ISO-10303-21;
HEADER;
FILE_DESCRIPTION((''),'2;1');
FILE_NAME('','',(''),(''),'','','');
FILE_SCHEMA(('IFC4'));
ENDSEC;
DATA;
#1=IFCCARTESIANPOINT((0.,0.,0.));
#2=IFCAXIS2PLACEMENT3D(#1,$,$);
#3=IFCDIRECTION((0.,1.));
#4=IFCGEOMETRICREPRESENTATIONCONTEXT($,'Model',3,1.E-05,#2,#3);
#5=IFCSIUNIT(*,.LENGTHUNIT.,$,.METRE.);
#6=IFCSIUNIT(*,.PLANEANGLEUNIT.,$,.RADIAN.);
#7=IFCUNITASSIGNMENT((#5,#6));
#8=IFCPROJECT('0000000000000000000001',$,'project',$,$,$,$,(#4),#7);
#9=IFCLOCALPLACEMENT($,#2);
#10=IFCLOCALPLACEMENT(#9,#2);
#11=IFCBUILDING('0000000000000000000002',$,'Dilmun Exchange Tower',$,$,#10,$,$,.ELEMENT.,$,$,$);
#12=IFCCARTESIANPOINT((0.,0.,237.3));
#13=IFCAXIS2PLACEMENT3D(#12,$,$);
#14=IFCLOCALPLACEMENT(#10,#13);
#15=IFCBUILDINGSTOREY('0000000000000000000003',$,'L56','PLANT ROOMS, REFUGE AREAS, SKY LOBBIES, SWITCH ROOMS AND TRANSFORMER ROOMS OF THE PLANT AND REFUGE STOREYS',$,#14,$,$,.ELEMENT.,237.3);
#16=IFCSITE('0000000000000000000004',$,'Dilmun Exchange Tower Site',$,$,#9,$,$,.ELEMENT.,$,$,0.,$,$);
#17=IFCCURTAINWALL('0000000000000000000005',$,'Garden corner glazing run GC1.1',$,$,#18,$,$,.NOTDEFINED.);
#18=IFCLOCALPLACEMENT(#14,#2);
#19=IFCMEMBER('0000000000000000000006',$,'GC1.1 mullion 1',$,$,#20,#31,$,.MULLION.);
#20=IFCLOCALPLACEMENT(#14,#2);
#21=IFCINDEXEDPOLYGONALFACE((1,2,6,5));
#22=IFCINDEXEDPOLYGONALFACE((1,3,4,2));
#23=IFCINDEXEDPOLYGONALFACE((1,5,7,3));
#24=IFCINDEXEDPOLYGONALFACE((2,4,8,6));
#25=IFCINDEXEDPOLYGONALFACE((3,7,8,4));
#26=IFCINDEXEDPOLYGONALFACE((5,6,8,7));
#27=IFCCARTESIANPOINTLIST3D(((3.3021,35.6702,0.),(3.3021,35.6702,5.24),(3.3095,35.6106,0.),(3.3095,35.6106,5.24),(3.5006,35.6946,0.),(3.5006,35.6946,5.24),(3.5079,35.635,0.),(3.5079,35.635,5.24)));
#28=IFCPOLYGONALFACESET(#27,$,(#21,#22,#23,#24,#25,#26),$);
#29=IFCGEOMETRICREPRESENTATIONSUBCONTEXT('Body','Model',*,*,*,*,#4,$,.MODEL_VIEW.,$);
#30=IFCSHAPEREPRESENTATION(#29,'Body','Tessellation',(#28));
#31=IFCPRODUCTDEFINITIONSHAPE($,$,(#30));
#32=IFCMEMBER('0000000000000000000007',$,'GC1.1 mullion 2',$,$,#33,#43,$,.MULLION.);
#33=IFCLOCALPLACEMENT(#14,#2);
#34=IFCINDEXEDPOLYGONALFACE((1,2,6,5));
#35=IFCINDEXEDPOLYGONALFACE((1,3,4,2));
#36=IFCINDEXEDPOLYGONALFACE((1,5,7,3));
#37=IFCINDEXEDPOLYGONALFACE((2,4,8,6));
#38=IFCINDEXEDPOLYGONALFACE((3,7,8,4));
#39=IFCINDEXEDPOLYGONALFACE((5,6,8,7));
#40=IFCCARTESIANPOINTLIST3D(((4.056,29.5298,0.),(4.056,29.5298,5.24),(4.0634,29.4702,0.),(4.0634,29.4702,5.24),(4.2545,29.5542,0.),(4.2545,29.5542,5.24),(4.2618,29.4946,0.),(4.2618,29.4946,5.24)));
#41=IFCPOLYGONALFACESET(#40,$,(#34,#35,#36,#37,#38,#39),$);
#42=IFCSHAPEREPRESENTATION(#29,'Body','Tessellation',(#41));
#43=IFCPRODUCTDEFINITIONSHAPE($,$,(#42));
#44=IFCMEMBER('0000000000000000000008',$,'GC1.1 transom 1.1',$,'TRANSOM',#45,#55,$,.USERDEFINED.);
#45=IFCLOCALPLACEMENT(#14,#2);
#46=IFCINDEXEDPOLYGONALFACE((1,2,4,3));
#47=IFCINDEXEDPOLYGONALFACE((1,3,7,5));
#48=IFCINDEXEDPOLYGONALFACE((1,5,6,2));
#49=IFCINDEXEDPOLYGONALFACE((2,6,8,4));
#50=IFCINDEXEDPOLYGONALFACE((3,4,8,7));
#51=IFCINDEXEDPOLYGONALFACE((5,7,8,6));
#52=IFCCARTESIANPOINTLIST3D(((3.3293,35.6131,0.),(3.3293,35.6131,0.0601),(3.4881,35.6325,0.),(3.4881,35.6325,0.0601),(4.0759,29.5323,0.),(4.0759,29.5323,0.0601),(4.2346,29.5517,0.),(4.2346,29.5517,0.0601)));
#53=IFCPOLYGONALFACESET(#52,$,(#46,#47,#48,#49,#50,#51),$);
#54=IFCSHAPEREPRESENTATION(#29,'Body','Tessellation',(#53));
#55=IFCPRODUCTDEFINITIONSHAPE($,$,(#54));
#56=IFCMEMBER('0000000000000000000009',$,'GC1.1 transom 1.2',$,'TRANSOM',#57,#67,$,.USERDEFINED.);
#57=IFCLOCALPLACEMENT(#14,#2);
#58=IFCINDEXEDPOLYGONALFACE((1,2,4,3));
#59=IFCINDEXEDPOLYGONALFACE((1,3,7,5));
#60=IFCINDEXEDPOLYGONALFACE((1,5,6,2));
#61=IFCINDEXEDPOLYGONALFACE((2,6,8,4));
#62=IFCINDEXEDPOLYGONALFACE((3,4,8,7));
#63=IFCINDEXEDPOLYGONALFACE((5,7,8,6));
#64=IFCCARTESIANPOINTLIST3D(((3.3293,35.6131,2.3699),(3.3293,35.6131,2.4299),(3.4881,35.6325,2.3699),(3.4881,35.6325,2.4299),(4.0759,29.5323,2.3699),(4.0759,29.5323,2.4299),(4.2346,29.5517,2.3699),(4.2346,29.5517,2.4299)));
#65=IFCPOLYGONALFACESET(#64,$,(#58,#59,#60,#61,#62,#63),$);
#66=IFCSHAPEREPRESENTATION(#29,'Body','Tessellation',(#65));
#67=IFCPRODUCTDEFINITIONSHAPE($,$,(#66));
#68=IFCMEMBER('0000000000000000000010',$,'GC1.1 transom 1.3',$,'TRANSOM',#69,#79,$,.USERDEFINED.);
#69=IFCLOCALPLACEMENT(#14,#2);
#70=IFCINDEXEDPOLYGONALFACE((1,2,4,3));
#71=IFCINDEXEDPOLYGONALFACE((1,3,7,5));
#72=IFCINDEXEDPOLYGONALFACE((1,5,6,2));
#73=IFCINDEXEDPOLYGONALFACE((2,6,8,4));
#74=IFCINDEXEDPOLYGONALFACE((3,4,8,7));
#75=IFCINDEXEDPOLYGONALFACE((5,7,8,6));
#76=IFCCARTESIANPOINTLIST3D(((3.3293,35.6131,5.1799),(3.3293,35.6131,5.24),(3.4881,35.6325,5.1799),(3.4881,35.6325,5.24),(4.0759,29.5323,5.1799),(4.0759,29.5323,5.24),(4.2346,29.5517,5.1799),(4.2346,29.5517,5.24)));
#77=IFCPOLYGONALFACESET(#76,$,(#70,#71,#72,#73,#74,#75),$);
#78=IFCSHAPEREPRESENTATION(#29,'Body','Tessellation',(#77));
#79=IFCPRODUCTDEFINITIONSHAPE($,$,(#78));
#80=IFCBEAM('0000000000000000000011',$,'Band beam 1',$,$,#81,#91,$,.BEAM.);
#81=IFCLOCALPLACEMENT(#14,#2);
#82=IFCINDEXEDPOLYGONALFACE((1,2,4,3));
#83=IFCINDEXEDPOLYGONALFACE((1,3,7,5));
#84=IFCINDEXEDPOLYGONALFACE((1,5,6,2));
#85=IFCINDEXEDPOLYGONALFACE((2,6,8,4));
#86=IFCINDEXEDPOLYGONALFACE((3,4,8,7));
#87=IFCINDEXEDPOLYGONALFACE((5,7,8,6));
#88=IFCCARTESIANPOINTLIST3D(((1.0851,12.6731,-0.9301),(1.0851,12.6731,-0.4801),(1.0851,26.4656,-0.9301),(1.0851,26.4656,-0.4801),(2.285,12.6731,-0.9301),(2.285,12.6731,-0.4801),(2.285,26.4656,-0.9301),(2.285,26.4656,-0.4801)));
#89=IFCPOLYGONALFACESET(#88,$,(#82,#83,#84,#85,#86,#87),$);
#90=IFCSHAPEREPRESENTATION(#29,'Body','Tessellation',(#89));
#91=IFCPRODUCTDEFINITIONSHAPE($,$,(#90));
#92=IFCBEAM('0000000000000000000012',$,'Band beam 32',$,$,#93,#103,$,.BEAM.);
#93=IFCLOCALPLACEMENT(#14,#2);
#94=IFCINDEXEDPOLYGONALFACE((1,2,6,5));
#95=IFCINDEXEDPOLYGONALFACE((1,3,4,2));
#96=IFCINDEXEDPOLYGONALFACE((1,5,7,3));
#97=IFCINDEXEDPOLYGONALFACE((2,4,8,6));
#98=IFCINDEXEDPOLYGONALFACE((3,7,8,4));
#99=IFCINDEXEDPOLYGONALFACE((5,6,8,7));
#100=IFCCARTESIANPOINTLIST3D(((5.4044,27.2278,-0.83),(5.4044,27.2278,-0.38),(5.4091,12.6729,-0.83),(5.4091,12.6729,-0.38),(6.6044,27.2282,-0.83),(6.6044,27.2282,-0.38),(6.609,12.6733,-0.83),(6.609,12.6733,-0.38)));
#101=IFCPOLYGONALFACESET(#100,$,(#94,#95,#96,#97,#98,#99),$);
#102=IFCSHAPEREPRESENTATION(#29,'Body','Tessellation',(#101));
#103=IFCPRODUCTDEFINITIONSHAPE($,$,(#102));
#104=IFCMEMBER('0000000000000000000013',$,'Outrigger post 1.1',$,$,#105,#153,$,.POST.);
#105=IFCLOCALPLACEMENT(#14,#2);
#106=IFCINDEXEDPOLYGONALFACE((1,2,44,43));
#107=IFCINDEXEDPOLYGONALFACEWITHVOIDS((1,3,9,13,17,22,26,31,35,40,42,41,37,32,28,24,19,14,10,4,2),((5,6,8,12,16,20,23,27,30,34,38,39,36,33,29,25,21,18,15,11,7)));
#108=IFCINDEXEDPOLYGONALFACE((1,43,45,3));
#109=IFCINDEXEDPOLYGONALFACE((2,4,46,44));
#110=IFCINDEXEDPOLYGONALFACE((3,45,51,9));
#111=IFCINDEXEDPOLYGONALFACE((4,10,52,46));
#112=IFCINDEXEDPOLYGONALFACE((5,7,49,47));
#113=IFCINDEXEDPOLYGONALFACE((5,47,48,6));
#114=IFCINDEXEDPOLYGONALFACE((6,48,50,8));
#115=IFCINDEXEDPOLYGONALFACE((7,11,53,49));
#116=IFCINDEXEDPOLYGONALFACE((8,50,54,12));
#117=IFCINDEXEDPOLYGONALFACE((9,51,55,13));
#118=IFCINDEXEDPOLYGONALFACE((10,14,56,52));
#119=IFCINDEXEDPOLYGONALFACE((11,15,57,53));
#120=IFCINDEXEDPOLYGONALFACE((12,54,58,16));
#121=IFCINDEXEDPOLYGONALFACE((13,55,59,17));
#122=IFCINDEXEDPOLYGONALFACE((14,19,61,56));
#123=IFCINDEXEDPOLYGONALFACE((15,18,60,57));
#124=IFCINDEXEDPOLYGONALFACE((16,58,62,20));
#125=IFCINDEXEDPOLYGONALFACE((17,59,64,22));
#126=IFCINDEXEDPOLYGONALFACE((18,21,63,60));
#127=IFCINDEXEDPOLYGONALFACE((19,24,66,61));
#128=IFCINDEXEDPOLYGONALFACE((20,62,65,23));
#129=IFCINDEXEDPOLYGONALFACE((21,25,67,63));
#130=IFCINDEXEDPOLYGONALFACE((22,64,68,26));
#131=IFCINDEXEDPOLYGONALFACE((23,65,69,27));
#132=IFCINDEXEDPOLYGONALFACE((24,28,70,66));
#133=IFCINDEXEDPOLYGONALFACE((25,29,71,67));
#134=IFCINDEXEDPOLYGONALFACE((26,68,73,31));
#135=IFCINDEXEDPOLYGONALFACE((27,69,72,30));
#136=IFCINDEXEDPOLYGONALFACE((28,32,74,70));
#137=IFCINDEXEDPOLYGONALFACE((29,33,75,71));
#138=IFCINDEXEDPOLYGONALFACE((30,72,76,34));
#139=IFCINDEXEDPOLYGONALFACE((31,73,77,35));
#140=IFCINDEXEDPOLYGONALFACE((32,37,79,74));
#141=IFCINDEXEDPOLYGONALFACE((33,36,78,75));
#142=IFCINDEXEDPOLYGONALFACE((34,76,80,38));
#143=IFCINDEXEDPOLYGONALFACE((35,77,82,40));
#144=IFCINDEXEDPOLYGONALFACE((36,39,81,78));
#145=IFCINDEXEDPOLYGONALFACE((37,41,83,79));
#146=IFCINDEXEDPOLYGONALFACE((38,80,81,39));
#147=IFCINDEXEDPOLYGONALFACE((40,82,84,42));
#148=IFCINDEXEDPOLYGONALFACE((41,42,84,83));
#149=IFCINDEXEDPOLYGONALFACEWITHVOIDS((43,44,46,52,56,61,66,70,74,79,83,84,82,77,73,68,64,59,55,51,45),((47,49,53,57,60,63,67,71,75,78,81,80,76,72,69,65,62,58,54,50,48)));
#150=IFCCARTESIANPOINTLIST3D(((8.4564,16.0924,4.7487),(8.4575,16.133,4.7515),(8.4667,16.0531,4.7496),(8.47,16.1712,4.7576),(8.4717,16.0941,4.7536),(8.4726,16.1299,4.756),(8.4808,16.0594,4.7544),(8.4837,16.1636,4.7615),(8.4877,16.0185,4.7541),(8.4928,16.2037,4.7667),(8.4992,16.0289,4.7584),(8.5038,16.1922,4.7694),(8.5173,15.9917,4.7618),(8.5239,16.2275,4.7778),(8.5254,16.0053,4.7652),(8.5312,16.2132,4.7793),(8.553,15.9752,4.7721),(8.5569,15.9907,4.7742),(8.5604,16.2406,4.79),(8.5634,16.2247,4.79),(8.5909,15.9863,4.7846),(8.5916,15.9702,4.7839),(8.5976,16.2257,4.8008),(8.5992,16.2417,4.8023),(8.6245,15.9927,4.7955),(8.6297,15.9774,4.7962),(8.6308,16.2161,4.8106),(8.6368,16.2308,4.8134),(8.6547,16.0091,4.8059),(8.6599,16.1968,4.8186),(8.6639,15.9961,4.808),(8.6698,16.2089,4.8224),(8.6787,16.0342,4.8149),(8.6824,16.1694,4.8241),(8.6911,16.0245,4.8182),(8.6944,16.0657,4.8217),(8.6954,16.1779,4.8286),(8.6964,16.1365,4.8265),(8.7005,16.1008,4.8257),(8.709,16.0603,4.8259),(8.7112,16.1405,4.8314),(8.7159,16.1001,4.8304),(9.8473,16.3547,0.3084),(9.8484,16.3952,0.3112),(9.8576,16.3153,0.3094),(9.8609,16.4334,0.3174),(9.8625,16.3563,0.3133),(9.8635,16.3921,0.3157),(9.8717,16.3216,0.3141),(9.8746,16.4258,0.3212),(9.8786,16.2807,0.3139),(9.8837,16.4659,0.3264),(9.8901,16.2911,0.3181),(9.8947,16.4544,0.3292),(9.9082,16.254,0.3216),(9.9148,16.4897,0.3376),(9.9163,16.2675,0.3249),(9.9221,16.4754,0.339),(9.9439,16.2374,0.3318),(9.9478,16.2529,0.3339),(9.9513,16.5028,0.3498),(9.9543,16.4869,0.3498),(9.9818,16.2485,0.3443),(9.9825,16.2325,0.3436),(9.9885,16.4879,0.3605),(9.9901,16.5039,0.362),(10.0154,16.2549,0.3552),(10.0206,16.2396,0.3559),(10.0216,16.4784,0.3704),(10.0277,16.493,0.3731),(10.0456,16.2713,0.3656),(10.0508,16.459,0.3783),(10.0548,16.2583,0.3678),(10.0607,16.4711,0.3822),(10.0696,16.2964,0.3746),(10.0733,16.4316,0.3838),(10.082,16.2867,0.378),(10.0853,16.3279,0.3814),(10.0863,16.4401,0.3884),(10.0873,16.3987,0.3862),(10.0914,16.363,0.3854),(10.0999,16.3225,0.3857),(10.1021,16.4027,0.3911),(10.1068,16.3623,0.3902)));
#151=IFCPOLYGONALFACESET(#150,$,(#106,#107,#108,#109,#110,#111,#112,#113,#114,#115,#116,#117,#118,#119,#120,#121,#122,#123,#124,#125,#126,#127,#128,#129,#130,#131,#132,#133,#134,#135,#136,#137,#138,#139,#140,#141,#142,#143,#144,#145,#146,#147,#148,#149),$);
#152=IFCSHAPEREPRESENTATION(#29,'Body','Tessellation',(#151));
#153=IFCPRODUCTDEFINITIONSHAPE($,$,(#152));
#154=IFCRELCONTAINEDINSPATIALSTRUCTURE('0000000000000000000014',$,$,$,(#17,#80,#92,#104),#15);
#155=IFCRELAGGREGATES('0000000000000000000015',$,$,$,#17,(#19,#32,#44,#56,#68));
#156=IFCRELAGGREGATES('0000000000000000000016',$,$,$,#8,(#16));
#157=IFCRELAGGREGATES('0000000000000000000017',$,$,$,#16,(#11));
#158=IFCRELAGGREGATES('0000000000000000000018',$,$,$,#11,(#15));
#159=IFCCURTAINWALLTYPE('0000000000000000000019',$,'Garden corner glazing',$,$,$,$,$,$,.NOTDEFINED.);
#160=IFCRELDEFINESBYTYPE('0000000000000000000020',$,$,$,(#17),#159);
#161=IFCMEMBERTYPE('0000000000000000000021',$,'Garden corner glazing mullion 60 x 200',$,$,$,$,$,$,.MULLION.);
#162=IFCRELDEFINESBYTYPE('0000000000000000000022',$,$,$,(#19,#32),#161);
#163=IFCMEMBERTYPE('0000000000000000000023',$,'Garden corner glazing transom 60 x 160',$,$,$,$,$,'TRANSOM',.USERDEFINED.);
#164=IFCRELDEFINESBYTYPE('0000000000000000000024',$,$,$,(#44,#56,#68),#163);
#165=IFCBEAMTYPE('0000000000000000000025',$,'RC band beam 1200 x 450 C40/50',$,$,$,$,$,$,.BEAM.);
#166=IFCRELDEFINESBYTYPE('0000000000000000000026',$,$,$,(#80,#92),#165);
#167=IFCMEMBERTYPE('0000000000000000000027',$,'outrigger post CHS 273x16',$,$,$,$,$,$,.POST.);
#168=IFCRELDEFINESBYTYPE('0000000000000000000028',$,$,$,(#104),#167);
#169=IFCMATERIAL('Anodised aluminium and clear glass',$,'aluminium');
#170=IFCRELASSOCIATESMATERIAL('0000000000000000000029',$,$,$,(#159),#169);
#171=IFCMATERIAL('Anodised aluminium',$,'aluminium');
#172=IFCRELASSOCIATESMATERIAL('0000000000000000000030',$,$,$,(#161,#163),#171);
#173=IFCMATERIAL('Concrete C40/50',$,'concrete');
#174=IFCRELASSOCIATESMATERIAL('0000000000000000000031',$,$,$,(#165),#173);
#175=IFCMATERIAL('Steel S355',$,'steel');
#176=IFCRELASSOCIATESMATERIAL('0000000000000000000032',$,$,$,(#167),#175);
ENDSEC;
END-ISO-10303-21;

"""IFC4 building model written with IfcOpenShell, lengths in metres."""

from ifc_helpers import new_model, si_unit, direction, frame, origin, origin_2d, place, context, subcontext, project, spatial, rectangle, hollow_circle, extrude, material, material_profile, profile_set, type_object, element, aggregate, save


model = new_model("IFC4")

# Units and contexts
model_context = context("Model", 3, precision=1e-05, world=origin(), true_north=direction((0.0, 1.0)))
body_context = subcontext(model_context, "Body", "Model", "MODEL_VIEW")
ifc_project = project(units=[si_unit("LENGTHUNIT", "METRE"), si_unit("PLANEANGLEUNIT", "RADIAN")], contexts=[model_context])

# Site, building, storey
site_placement = place(None, origin())
site = spatial("IfcSite", under=ifc_project, at=site_placement, Name="Dilmun Exchange Tower Site", CompositionType="ELEMENT", RefElevation=0.0)
building_placement = place(site_placement, origin())
building = spatial("IfcBuilding", under=site, at=building_placement, Name="Dilmun Exchange Tower", CompositionType="ELEMENT")
storey_placement = place(building_placement, frame((0.0, 0.0, 237.3)))
storey = spatial("IfcBuildingStorey", under=building, at=storey_placement, Name="L56", Description="PLANT ROOMS, REFUGE AREAS, SKY LOBBIES, SWITCH ROOMS AND TRANSFORMER ROOMS OF THE PLANT AND REFUGE STOREYS", CompositionType="ELEMENT", Elevation=237.3)

# Curtain wall, members
ifc_material_1 = material(Name="Anodised aluminium and clear glass", Category="aluminium")
curtain_wall_type = type_object("IfcCurtainWallType", Name="Garden corner glazing", PredefinedType="NOTDEFINED", material=ifc_material_1)
curtain_wall_placement = place(storey_placement, origin())
curtain_wall = element("IfcCurtainWall", 1, at=curtain_wall_placement, inside=storey, type_object=curtain_wall_type, Name="Garden corner glazing run GC1.1", PredefinedType="NOTDEFINED")
ifc_material_2 = material(Name="Anodised aluminium", Category="aluminium")
ifc_material_profile_1 = material_profile(ifc_material_2, rectangle(XDim=0.2, YDim=0.0601, at=origin_2d()), Name="AL 60x200")
ifc_profile_set_1 = profile_set([ifc_material_profile_1], Name="Anodised aluminium")
member_type_1 = type_object("IfcMemberType", Name="Garden corner glazing mullion 60 x 200", PredefinedType="MULLION", material=ifc_profile_set_1)
member_1_placement = place(storey_placement, frame((3.405, 35.6526, 0.0), z_axis=(0.0, 0.0, 1.0), x_axis=(0.992547, 0.121861, 0.0)))
member_1 = element("IfcMember", 2, at=member_1_placement, type_object=member_type_1, Name="GC1.1 mullion 1", PredefinedType="MULLION", context=body_context, shape_type="SweptSolid", body=[
    extrude(rectangle(XDim=0.2, YDim=0.0601, at=origin_2d()), origin(), (0.0, 0.0, 1.0), 5.24),
])
member_2_placement = place(storey_placement, frame((4.1589, 29.5122, 0.0), z_axis=(0.0, 0.0, 1.0), x_axis=(0.992547, 0.121861, 0.0)))
member_2 = element("IfcMember", 3, at=member_2_placement, type_object=member_type_1, Name="GC1.1 mullion 2", PredefinedType="MULLION", context=body_context, shape_type="SweptSolid", body=[
    extrude(rectangle(XDim=0.2, YDim=0.0601, at=origin_2d()), origin(), (0.0, 0.0, 1.0), 5.24),
])
ifc_material_profile_2 = material_profile(ifc_material_2, rectangle(XDim=0.1599, YDim=0.0601, at=origin_2d()), Name="AL 60x160")
ifc_profile_set_2 = profile_set([ifc_material_profile_2], Name="Anodised aluminium")
member_type_2 = type_object("IfcMemberType", Name="Garden corner glazing transom 60 x 160", ElementType="TRANSOM", PredefinedType="USERDEFINED", material=ifc_profile_set_2)
member_3_placement = place(storey_placement, frame((3.4087, 35.6228, 0.03), z_axis=(0.121862, -0.992547, 0.0), x_axis=(0.992547, 0.121862, 0.0)))
member_3 = element("IfcMember", 4, at=member_3_placement, type_object=member_type_2, Name="GC1.1 transom 1.1", ObjectType="TRANSOM", PredefinedType="USERDEFINED", context=body_context, shape_type="SweptSolid", body=[
    extrude(rectangle(XDim=0.1599, YDim=0.0601, at=origin_2d()), origin(), (0.0, 0.0, 1.0), 6.1265),
])
member_4_placement = place(storey_placement, frame((3.4087, 35.6228, 2.3999), z_axis=(0.121862, -0.992547, 0.0), x_axis=(0.992547, 0.121862, 0.0)))
member_4 = element("IfcMember", 5, at=member_4_placement, type_object=member_type_2, Name="GC1.1 transom 1.2", ObjectType="TRANSOM", PredefinedType="USERDEFINED", context=body_context, shape_type="SweptSolid", body=[
    extrude(rectangle(XDim=0.1599, YDim=0.0601, at=origin_2d()), origin(), (0.0, 0.0, 1.0), 6.1265),
])
member_5_placement = place(storey_placement, frame((3.4087, 35.6228, 5.21), z_axis=(0.121862, -0.992547, 0.0), x_axis=(0.992547, 0.121862, 0.0)))
member_5 = element("IfcMember", 6, at=member_5_placement, type_object=member_type_2, Name="GC1.1 transom 1.3", ObjectType="TRANSOM", PredefinedType="USERDEFINED", context=body_context, shape_type="SweptSolid", body=[
    extrude(rectangle(XDim=0.1599, YDim=0.0601, at=origin_2d()), origin(), (0.0, 0.0, 1.0), 6.1265),
])

# Beams
ifc_material_3 = material(Name="Concrete C40/50", Category="concrete")
ifc_material_profile_3 = material_profile(ifc_material_3, rectangle(XDim=1.2, YDim=0.45, at=origin_2d()), Name="1200 x 450")
ifc_profile_set_3 = profile_set([ifc_material_profile_3], Name="Concrete C40/50")
beam_type_1 = type_object("IfcBeamType", Name="RC band beam 1200 x 450 C40/50", PredefinedType="BEAM", material=ifc_profile_set_3)
beam_1_placement = place(storey_placement, frame((1.6851, 26.4656, -0.7051), z_axis=(0.0, -1.0, 0.0), x_axis=(1.0, 0.0, 0.0)))
element("IfcBeam", 7, at=beam_1_placement, inside=storey, type_object=beam_type_1, Name="Band beam 1", PredefinedType="BEAM", context=body_context, shape_type="SweptSolid", body=[
    extrude(rectangle(XDim=1.2, YDim=0.45, at=origin_2d()), origin(), (0.0, 0.0, 1.0), 13.7925),
])
beam_2_placement = place(storey_placement, frame((6.0044, 27.228, -0.605), z_axis=(0.000319, -1.0, 0.0), x_axis=(1.0, 0.000319, 0.0)))
element("IfcBeam", 8, at=beam_2_placement, inside=storey, type_object=beam_type_1, Name="Band beam 32", PredefinedType="BEAM", context=body_context, shape_type="SweptSolid", body=[
    extrude(rectangle(XDim=1.2, YDim=0.45, at=origin_2d()), origin(), (0.0, 0.0, 1.0), 14.5549),
])

# Member
ifc_material_4 = material(Name="Steel S355", Category="steel")
ifc_material_profile_4 = material_profile(ifc_material_4, hollow_circle(Radius=0.1365, WallThickness=0.0161, at=origin_2d()), Name="CHS 273x16")
ifc_profile_set_4 = profile_set([ifc_material_profile_4], Name="Steel S355")
member_type_3 = type_object("IfcMemberType", Name="outrigger post CHS 273x16", PredefinedType="POST", material=ifc_profile_set_4)
member_6_placement = place(storey_placement, frame((8.5857, 16.1064, 4.79), z_axis=(0.29845, 0.056264, -0.952766), x_axis=(-0.185257, 0.98269, 0.0)))
element("IfcMember", 9, at=member_6_placement, inside=storey, type_object=member_type_3, Name="Outrigger post 1.1", PredefinedType="POST", context=body_context, shape_type="SweptSolid", body=[
    extrude(hollow_circle(Radius=0.1365, WallThickness=0.0161, at=origin_2d()), origin(), (0.0, 0.0, 1.0), 4.6604),
])

aggregate(curtain_wall, [member_1, member_2, member_3, member_4, member_5])

save(model, "model.ifc")
